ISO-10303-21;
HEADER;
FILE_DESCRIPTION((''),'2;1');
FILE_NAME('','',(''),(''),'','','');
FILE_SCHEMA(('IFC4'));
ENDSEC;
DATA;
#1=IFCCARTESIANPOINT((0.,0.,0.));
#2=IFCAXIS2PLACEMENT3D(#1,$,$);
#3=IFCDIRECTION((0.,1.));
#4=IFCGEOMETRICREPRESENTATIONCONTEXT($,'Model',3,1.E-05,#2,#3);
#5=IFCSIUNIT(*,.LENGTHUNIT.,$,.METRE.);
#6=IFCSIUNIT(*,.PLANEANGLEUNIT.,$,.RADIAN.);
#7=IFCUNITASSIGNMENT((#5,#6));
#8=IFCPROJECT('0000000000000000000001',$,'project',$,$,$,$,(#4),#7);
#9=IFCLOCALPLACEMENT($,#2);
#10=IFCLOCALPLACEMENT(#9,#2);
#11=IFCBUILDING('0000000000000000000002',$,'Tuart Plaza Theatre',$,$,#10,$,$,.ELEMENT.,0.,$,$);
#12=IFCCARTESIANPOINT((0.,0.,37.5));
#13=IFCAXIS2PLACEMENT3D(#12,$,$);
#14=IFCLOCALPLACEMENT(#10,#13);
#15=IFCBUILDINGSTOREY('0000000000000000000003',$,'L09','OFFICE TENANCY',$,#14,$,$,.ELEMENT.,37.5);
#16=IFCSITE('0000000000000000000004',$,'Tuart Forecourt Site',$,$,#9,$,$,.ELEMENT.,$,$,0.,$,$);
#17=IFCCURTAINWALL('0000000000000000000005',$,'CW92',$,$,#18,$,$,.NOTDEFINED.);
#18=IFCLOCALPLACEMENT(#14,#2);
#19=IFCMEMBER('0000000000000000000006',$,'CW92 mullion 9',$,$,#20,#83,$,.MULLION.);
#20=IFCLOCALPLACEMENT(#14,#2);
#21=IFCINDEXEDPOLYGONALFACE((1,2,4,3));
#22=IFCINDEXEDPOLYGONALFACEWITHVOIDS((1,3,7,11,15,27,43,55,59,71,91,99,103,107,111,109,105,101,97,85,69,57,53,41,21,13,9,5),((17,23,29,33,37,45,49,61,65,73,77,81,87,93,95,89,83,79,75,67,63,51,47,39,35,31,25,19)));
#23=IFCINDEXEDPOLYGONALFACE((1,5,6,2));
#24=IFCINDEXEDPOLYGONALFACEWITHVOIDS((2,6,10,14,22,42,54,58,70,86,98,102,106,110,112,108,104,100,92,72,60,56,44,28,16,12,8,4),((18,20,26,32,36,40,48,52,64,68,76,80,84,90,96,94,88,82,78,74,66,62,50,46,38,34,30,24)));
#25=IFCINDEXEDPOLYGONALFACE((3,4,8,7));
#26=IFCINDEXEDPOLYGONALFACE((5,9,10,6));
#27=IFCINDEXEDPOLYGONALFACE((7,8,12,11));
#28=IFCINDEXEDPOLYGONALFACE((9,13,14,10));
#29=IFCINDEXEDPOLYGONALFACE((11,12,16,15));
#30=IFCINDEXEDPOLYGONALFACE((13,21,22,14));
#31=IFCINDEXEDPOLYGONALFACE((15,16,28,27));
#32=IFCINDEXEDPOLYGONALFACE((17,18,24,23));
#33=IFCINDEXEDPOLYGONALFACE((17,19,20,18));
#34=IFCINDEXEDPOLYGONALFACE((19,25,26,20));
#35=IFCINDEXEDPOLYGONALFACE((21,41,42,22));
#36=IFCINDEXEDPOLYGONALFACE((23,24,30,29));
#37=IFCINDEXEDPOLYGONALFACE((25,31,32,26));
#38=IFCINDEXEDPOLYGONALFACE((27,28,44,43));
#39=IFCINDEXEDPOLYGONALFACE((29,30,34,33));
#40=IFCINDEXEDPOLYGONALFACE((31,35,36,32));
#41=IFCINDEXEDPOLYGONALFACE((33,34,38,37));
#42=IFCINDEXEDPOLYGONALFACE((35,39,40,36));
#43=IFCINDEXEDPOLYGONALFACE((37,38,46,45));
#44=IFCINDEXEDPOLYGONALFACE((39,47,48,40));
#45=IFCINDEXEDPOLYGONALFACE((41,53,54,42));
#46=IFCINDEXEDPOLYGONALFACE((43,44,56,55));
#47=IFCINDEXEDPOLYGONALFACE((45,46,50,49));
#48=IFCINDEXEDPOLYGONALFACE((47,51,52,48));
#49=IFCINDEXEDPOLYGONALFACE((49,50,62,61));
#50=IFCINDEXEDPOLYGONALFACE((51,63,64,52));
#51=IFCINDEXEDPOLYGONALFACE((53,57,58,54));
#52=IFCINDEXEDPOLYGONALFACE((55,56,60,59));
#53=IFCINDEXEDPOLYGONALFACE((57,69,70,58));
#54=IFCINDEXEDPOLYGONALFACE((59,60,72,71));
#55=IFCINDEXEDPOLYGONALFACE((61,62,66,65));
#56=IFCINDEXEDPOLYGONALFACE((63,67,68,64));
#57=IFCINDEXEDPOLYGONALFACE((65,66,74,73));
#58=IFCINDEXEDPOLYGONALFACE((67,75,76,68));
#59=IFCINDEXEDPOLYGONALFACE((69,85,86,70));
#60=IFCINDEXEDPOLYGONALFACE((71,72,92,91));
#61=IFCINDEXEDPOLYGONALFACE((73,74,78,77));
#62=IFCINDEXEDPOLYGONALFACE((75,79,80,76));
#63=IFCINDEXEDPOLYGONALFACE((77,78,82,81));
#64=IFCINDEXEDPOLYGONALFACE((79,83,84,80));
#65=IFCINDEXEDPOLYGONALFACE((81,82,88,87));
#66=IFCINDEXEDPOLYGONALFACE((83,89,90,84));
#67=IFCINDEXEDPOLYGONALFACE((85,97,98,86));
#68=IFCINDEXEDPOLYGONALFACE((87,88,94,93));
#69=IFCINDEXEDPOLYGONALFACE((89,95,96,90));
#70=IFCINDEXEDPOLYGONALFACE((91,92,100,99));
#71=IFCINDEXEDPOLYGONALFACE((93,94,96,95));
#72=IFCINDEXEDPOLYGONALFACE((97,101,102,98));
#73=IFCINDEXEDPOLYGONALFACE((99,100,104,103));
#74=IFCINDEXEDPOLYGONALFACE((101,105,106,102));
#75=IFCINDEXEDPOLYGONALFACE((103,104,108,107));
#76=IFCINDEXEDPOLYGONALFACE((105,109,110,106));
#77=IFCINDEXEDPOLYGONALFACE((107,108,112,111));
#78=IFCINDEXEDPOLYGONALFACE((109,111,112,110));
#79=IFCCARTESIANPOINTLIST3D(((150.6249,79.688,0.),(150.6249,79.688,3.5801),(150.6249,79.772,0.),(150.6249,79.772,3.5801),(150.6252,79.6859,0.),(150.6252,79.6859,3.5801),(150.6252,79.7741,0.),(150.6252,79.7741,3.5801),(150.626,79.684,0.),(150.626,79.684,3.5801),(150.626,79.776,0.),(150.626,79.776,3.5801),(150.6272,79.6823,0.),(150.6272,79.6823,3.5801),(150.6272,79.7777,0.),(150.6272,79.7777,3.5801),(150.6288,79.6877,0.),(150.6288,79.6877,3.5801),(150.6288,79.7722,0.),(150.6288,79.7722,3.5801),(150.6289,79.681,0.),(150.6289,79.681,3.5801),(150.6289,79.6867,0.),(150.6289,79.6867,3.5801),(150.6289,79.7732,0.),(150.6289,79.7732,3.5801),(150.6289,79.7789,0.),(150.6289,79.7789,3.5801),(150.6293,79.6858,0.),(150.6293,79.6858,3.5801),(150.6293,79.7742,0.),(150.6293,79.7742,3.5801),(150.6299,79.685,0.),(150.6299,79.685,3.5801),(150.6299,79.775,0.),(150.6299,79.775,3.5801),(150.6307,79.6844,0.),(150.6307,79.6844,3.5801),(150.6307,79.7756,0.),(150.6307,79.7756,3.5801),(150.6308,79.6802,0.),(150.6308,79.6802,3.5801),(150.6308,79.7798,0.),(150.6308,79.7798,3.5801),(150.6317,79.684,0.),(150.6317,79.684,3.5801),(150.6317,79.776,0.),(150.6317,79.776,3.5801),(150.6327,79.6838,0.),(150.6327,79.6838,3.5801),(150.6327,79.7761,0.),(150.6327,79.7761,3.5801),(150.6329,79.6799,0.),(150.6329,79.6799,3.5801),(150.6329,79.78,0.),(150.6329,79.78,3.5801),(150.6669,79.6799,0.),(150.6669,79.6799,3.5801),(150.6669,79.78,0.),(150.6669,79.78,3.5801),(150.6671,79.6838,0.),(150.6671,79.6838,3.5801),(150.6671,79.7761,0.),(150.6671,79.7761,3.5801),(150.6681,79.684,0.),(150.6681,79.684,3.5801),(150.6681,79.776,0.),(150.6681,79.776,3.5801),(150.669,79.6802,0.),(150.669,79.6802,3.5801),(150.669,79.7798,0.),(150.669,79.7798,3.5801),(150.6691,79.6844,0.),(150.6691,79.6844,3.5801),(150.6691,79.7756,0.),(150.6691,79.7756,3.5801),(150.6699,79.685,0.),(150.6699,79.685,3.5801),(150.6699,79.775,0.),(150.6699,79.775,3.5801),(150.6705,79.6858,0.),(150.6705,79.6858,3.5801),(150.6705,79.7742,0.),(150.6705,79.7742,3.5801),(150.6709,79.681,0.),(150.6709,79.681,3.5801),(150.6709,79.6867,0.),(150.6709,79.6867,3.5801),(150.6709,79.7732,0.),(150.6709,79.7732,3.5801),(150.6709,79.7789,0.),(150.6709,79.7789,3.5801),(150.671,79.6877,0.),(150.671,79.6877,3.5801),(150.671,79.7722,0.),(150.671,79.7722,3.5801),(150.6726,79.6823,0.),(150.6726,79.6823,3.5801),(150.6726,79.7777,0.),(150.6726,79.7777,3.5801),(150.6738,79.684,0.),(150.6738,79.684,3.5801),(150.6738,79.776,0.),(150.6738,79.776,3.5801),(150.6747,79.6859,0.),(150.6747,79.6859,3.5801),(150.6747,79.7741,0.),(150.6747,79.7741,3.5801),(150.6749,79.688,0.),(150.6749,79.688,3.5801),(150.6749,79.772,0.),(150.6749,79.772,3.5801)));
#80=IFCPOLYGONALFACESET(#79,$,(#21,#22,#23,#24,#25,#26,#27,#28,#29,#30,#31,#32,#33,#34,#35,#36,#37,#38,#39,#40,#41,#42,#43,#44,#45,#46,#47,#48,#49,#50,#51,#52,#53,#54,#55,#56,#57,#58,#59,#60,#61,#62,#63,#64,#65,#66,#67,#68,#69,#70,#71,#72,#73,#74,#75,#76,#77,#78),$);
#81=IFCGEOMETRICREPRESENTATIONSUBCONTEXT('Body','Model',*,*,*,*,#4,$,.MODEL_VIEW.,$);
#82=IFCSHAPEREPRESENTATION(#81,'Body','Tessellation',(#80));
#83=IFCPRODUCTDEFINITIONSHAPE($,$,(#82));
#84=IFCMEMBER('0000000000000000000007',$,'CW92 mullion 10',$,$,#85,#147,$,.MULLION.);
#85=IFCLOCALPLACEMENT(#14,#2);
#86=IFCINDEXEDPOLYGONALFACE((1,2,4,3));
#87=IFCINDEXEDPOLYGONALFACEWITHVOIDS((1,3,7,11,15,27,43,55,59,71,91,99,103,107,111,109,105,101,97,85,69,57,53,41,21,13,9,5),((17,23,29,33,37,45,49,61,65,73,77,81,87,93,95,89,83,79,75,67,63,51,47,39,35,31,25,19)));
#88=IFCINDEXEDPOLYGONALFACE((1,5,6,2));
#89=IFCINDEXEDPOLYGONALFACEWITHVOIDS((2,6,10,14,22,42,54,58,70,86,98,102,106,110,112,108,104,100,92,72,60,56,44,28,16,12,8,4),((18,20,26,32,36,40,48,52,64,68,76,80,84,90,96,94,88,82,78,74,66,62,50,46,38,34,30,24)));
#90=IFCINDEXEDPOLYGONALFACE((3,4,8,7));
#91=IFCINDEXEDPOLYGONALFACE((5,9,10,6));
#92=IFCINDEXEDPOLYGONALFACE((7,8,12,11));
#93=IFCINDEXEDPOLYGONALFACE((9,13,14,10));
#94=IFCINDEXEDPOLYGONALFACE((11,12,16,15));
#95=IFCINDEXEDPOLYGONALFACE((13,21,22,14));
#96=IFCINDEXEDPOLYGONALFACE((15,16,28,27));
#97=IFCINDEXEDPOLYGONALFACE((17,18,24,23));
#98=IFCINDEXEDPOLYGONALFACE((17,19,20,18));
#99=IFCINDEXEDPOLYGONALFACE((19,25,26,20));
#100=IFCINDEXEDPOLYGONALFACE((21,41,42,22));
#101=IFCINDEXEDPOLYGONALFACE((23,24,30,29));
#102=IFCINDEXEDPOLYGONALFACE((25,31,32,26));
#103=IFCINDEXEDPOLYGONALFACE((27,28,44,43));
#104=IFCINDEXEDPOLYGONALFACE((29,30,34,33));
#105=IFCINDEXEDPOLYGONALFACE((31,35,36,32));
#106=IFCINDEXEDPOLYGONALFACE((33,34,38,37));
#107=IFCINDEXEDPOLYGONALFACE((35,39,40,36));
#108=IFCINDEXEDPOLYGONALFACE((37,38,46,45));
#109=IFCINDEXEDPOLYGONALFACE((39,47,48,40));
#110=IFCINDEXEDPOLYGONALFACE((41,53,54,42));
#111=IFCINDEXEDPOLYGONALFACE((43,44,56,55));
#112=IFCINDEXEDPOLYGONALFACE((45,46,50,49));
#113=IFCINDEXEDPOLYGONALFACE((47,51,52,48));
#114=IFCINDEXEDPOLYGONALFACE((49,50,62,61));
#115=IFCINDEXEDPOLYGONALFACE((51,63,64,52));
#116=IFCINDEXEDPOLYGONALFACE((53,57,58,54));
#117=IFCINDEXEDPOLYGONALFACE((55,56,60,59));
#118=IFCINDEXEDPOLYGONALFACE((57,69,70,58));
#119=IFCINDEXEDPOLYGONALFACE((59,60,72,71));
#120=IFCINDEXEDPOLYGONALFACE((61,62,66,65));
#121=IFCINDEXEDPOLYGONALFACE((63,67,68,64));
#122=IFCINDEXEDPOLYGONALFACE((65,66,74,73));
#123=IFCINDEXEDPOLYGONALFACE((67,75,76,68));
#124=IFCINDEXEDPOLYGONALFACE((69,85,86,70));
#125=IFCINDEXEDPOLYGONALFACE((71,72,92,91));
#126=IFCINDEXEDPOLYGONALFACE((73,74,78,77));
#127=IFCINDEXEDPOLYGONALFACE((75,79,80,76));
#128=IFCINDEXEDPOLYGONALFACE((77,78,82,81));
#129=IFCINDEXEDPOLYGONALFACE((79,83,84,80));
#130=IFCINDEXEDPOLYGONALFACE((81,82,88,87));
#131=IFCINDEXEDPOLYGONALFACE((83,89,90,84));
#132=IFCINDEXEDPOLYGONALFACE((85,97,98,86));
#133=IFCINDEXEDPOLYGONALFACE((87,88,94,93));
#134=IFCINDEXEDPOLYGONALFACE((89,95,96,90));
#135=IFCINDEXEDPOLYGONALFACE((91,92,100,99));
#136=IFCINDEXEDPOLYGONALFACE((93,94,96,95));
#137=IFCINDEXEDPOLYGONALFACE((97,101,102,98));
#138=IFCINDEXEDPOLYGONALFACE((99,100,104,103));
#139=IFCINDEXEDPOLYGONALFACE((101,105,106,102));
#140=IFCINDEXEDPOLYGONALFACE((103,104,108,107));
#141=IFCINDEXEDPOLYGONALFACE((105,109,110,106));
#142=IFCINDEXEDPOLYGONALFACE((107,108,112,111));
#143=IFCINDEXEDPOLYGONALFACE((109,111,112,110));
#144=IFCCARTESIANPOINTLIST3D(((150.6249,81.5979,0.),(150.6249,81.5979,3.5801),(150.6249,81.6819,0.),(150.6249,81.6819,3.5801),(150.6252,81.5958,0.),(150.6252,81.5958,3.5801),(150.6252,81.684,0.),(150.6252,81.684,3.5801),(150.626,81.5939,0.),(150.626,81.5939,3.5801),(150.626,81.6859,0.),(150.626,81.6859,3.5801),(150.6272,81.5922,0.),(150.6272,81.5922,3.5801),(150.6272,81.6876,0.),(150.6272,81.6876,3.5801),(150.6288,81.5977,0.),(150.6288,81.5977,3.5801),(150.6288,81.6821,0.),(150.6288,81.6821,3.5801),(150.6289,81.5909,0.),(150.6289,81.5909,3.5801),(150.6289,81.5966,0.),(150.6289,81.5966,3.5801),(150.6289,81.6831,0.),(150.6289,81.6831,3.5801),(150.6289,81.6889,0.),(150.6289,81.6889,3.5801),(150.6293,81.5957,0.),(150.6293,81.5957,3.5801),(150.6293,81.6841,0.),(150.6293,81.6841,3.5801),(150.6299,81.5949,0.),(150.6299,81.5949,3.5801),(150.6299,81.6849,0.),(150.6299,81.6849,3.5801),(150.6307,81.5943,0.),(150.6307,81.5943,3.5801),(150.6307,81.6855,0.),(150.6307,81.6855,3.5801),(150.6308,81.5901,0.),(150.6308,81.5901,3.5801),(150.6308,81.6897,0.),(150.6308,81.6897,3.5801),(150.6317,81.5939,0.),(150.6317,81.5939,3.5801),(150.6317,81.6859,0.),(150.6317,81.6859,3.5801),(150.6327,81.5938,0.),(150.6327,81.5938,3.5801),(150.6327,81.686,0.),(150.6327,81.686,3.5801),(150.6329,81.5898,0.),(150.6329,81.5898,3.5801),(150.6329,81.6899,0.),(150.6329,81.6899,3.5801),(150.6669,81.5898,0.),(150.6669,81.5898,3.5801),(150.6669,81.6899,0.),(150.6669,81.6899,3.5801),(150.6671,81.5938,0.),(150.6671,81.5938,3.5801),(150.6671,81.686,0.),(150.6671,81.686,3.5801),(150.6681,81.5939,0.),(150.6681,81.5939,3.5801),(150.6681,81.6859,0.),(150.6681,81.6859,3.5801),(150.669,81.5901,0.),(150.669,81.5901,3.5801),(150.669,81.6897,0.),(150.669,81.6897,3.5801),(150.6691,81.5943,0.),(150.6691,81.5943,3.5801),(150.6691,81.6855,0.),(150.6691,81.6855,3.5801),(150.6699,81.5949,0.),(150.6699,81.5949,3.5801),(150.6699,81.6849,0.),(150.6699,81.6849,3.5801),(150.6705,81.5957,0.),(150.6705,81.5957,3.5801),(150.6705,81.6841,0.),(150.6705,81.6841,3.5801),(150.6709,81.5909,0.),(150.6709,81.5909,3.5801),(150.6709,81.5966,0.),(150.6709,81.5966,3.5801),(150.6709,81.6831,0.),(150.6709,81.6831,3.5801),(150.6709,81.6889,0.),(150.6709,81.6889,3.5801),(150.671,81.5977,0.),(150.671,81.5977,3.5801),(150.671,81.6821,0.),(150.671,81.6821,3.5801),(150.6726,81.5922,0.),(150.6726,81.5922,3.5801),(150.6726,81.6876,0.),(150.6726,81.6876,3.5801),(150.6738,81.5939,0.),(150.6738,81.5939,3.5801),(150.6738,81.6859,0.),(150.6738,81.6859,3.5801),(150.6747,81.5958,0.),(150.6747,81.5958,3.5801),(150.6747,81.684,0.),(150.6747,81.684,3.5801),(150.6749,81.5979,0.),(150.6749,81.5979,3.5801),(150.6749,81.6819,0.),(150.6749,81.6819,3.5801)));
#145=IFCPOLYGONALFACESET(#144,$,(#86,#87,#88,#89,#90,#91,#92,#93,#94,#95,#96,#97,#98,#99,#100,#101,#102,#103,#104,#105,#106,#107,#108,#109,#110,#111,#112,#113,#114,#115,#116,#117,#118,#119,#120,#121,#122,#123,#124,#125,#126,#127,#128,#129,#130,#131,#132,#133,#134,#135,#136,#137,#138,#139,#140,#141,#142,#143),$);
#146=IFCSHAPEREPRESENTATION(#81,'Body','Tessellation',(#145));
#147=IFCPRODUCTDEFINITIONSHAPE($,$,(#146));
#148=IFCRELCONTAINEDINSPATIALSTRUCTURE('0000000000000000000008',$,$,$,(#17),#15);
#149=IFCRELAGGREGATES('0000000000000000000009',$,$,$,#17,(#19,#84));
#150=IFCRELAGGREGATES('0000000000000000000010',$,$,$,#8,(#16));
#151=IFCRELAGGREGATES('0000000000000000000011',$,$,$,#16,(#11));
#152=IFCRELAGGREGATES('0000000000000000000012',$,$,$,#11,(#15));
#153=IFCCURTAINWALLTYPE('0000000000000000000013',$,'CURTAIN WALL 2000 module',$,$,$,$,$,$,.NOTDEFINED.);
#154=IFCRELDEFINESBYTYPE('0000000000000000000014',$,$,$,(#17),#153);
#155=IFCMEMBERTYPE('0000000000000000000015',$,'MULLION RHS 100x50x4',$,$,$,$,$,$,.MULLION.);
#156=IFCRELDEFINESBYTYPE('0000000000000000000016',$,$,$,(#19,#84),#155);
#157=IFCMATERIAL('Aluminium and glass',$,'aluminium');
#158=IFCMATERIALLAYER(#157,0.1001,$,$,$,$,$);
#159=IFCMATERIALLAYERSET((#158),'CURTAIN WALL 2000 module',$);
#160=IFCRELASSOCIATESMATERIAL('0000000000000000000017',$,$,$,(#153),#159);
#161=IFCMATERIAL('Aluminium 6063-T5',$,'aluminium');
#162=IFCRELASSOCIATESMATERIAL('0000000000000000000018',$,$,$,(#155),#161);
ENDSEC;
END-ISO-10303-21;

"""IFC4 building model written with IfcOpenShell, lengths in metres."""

from ifc_helpers import new_model, si_unit, direction, frame, origin, origin_2d, place, context, subcontext, project, spatial, hollow_rectangle, extrude, material, layer, layer_set, material_profile, profile_set, type_object, element, aggregate, save


model = new_model("IFC4")

# Units and contexts
model_context = context("Model", 3, precision=1e-05, world=origin(), true_north=direction((0.0, 1.0)))
body_context = subcontext(model_context, "Body", "Model", "MODEL_VIEW")
ifc_project = project(units=[si_unit("LENGTHUNIT", "METRE"), si_unit("PLANEANGLEUNIT", "RADIAN")], contexts=[model_context])

# Site, building, storey
site_placement = place(None, origin())
site = spatial("IfcSite", under=ifc_project, at=site_placement, Name="Tuart Forecourt Site", CompositionType="ELEMENT", RefElevation=0.0)
building_placement = place(site_placement, origin())
building = spatial("IfcBuilding", under=site, at=building_placement, Name="Tuart Plaza Theatre", CompositionType="ELEMENT", ElevationOfRefHeight=0.0)
storey_placement = place(building_placement, frame((0.0, 0.0, 37.5)))
storey = spatial("IfcBuildingStorey", under=building, at=storey_placement, Name="L09", Description="OFFICE TENANCY", CompositionType="ELEMENT", Elevation=37.5)

# Curtain wall, members
ifc_material_1 = material(Name="Aluminium and glass", Category="aluminium")
ifc_layer_1 = layer(ifc_material_1, 0.1001)
ifc_layer_set_1 = layer_set([ifc_layer_1], Name="CURTAIN WALL 2000 module")
curtain_wall_type = type_object("IfcCurtainWallType", Name="CURTAIN WALL 2000 module", PredefinedType="NOTDEFINED", material=ifc_layer_set_1)
curtain_wall_placement = place(storey_placement, origin())
curtain_wall = element("IfcCurtainWall", 1, at=curtain_wall_placement, inside=storey, type_object=curtain_wall_type, Name="CW92", PredefinedType="NOTDEFINED")
ifc_material_2 = material(Name="Aluminium 6063-T5", Category="aluminium")
ifc_material_profile_1 = material_profile(ifc_material_2, hollow_rectangle(XDim=0.05, YDim=0.1001, WallThickness=0.0039, InnerFilletRadius=0.0039, OuterFilletRadius=0.0081, at=origin_2d()), Name="RHS 100x50x4")
ifc_profile_set_1 = profile_set([ifc_material_profile_1], Name="Aluminium 6063-T5")
member_type_1 = type_object("IfcMemberType", Name="MULLION RHS 100x50x4", PredefinedType="MULLION", material=ifc_profile_set_1)
member_1_placement = place(storey_placement, frame((150.6499, 79.73, 0.0), z_axis=(0.0, 0.0, 1.0), x_axis=(-1.0, 0.0, 0.0)))
member_1 = element("IfcMember", 2, at=member_1_placement, type_object=member_type_1, Name="CW92 mullion 9", PredefinedType="MULLION", context=body_context, shape_type="SweptSolid", body=[
    extrude(hollow_rectangle(XDim=0.05, YDim=0.1001, WallThickness=0.0039, InnerFilletRadius=0.0039, OuterFilletRadius=0.0081, at=origin_2d()), origin(), (0.0, 0.0, 1.0), 3.5801),
])
member_2_placement = place(storey_placement, frame((150.6499, 81.6399, 0.0), z_axis=(0.0, 0.0, 1.0), x_axis=(-1.0, 0.0, 0.0)))
member_2 = element("IfcMember", 3, at=member_2_placement, type_object=member_type_1, Name="CW92 mullion 10", PredefinedType="MULLION", context=body_context, shape_type="SweptSolid", body=[
    extrude(hollow_rectangle(XDim=0.05, YDim=0.1001, WallThickness=0.0039, InnerFilletRadius=0.0039, OuterFilletRadius=0.0081, at=origin_2d()), origin(), (0.0, 0.0, 1.0), 3.5801),
])
aggregate(curtain_wall, [member_1, member_2])

save(model, "model.ifc")
